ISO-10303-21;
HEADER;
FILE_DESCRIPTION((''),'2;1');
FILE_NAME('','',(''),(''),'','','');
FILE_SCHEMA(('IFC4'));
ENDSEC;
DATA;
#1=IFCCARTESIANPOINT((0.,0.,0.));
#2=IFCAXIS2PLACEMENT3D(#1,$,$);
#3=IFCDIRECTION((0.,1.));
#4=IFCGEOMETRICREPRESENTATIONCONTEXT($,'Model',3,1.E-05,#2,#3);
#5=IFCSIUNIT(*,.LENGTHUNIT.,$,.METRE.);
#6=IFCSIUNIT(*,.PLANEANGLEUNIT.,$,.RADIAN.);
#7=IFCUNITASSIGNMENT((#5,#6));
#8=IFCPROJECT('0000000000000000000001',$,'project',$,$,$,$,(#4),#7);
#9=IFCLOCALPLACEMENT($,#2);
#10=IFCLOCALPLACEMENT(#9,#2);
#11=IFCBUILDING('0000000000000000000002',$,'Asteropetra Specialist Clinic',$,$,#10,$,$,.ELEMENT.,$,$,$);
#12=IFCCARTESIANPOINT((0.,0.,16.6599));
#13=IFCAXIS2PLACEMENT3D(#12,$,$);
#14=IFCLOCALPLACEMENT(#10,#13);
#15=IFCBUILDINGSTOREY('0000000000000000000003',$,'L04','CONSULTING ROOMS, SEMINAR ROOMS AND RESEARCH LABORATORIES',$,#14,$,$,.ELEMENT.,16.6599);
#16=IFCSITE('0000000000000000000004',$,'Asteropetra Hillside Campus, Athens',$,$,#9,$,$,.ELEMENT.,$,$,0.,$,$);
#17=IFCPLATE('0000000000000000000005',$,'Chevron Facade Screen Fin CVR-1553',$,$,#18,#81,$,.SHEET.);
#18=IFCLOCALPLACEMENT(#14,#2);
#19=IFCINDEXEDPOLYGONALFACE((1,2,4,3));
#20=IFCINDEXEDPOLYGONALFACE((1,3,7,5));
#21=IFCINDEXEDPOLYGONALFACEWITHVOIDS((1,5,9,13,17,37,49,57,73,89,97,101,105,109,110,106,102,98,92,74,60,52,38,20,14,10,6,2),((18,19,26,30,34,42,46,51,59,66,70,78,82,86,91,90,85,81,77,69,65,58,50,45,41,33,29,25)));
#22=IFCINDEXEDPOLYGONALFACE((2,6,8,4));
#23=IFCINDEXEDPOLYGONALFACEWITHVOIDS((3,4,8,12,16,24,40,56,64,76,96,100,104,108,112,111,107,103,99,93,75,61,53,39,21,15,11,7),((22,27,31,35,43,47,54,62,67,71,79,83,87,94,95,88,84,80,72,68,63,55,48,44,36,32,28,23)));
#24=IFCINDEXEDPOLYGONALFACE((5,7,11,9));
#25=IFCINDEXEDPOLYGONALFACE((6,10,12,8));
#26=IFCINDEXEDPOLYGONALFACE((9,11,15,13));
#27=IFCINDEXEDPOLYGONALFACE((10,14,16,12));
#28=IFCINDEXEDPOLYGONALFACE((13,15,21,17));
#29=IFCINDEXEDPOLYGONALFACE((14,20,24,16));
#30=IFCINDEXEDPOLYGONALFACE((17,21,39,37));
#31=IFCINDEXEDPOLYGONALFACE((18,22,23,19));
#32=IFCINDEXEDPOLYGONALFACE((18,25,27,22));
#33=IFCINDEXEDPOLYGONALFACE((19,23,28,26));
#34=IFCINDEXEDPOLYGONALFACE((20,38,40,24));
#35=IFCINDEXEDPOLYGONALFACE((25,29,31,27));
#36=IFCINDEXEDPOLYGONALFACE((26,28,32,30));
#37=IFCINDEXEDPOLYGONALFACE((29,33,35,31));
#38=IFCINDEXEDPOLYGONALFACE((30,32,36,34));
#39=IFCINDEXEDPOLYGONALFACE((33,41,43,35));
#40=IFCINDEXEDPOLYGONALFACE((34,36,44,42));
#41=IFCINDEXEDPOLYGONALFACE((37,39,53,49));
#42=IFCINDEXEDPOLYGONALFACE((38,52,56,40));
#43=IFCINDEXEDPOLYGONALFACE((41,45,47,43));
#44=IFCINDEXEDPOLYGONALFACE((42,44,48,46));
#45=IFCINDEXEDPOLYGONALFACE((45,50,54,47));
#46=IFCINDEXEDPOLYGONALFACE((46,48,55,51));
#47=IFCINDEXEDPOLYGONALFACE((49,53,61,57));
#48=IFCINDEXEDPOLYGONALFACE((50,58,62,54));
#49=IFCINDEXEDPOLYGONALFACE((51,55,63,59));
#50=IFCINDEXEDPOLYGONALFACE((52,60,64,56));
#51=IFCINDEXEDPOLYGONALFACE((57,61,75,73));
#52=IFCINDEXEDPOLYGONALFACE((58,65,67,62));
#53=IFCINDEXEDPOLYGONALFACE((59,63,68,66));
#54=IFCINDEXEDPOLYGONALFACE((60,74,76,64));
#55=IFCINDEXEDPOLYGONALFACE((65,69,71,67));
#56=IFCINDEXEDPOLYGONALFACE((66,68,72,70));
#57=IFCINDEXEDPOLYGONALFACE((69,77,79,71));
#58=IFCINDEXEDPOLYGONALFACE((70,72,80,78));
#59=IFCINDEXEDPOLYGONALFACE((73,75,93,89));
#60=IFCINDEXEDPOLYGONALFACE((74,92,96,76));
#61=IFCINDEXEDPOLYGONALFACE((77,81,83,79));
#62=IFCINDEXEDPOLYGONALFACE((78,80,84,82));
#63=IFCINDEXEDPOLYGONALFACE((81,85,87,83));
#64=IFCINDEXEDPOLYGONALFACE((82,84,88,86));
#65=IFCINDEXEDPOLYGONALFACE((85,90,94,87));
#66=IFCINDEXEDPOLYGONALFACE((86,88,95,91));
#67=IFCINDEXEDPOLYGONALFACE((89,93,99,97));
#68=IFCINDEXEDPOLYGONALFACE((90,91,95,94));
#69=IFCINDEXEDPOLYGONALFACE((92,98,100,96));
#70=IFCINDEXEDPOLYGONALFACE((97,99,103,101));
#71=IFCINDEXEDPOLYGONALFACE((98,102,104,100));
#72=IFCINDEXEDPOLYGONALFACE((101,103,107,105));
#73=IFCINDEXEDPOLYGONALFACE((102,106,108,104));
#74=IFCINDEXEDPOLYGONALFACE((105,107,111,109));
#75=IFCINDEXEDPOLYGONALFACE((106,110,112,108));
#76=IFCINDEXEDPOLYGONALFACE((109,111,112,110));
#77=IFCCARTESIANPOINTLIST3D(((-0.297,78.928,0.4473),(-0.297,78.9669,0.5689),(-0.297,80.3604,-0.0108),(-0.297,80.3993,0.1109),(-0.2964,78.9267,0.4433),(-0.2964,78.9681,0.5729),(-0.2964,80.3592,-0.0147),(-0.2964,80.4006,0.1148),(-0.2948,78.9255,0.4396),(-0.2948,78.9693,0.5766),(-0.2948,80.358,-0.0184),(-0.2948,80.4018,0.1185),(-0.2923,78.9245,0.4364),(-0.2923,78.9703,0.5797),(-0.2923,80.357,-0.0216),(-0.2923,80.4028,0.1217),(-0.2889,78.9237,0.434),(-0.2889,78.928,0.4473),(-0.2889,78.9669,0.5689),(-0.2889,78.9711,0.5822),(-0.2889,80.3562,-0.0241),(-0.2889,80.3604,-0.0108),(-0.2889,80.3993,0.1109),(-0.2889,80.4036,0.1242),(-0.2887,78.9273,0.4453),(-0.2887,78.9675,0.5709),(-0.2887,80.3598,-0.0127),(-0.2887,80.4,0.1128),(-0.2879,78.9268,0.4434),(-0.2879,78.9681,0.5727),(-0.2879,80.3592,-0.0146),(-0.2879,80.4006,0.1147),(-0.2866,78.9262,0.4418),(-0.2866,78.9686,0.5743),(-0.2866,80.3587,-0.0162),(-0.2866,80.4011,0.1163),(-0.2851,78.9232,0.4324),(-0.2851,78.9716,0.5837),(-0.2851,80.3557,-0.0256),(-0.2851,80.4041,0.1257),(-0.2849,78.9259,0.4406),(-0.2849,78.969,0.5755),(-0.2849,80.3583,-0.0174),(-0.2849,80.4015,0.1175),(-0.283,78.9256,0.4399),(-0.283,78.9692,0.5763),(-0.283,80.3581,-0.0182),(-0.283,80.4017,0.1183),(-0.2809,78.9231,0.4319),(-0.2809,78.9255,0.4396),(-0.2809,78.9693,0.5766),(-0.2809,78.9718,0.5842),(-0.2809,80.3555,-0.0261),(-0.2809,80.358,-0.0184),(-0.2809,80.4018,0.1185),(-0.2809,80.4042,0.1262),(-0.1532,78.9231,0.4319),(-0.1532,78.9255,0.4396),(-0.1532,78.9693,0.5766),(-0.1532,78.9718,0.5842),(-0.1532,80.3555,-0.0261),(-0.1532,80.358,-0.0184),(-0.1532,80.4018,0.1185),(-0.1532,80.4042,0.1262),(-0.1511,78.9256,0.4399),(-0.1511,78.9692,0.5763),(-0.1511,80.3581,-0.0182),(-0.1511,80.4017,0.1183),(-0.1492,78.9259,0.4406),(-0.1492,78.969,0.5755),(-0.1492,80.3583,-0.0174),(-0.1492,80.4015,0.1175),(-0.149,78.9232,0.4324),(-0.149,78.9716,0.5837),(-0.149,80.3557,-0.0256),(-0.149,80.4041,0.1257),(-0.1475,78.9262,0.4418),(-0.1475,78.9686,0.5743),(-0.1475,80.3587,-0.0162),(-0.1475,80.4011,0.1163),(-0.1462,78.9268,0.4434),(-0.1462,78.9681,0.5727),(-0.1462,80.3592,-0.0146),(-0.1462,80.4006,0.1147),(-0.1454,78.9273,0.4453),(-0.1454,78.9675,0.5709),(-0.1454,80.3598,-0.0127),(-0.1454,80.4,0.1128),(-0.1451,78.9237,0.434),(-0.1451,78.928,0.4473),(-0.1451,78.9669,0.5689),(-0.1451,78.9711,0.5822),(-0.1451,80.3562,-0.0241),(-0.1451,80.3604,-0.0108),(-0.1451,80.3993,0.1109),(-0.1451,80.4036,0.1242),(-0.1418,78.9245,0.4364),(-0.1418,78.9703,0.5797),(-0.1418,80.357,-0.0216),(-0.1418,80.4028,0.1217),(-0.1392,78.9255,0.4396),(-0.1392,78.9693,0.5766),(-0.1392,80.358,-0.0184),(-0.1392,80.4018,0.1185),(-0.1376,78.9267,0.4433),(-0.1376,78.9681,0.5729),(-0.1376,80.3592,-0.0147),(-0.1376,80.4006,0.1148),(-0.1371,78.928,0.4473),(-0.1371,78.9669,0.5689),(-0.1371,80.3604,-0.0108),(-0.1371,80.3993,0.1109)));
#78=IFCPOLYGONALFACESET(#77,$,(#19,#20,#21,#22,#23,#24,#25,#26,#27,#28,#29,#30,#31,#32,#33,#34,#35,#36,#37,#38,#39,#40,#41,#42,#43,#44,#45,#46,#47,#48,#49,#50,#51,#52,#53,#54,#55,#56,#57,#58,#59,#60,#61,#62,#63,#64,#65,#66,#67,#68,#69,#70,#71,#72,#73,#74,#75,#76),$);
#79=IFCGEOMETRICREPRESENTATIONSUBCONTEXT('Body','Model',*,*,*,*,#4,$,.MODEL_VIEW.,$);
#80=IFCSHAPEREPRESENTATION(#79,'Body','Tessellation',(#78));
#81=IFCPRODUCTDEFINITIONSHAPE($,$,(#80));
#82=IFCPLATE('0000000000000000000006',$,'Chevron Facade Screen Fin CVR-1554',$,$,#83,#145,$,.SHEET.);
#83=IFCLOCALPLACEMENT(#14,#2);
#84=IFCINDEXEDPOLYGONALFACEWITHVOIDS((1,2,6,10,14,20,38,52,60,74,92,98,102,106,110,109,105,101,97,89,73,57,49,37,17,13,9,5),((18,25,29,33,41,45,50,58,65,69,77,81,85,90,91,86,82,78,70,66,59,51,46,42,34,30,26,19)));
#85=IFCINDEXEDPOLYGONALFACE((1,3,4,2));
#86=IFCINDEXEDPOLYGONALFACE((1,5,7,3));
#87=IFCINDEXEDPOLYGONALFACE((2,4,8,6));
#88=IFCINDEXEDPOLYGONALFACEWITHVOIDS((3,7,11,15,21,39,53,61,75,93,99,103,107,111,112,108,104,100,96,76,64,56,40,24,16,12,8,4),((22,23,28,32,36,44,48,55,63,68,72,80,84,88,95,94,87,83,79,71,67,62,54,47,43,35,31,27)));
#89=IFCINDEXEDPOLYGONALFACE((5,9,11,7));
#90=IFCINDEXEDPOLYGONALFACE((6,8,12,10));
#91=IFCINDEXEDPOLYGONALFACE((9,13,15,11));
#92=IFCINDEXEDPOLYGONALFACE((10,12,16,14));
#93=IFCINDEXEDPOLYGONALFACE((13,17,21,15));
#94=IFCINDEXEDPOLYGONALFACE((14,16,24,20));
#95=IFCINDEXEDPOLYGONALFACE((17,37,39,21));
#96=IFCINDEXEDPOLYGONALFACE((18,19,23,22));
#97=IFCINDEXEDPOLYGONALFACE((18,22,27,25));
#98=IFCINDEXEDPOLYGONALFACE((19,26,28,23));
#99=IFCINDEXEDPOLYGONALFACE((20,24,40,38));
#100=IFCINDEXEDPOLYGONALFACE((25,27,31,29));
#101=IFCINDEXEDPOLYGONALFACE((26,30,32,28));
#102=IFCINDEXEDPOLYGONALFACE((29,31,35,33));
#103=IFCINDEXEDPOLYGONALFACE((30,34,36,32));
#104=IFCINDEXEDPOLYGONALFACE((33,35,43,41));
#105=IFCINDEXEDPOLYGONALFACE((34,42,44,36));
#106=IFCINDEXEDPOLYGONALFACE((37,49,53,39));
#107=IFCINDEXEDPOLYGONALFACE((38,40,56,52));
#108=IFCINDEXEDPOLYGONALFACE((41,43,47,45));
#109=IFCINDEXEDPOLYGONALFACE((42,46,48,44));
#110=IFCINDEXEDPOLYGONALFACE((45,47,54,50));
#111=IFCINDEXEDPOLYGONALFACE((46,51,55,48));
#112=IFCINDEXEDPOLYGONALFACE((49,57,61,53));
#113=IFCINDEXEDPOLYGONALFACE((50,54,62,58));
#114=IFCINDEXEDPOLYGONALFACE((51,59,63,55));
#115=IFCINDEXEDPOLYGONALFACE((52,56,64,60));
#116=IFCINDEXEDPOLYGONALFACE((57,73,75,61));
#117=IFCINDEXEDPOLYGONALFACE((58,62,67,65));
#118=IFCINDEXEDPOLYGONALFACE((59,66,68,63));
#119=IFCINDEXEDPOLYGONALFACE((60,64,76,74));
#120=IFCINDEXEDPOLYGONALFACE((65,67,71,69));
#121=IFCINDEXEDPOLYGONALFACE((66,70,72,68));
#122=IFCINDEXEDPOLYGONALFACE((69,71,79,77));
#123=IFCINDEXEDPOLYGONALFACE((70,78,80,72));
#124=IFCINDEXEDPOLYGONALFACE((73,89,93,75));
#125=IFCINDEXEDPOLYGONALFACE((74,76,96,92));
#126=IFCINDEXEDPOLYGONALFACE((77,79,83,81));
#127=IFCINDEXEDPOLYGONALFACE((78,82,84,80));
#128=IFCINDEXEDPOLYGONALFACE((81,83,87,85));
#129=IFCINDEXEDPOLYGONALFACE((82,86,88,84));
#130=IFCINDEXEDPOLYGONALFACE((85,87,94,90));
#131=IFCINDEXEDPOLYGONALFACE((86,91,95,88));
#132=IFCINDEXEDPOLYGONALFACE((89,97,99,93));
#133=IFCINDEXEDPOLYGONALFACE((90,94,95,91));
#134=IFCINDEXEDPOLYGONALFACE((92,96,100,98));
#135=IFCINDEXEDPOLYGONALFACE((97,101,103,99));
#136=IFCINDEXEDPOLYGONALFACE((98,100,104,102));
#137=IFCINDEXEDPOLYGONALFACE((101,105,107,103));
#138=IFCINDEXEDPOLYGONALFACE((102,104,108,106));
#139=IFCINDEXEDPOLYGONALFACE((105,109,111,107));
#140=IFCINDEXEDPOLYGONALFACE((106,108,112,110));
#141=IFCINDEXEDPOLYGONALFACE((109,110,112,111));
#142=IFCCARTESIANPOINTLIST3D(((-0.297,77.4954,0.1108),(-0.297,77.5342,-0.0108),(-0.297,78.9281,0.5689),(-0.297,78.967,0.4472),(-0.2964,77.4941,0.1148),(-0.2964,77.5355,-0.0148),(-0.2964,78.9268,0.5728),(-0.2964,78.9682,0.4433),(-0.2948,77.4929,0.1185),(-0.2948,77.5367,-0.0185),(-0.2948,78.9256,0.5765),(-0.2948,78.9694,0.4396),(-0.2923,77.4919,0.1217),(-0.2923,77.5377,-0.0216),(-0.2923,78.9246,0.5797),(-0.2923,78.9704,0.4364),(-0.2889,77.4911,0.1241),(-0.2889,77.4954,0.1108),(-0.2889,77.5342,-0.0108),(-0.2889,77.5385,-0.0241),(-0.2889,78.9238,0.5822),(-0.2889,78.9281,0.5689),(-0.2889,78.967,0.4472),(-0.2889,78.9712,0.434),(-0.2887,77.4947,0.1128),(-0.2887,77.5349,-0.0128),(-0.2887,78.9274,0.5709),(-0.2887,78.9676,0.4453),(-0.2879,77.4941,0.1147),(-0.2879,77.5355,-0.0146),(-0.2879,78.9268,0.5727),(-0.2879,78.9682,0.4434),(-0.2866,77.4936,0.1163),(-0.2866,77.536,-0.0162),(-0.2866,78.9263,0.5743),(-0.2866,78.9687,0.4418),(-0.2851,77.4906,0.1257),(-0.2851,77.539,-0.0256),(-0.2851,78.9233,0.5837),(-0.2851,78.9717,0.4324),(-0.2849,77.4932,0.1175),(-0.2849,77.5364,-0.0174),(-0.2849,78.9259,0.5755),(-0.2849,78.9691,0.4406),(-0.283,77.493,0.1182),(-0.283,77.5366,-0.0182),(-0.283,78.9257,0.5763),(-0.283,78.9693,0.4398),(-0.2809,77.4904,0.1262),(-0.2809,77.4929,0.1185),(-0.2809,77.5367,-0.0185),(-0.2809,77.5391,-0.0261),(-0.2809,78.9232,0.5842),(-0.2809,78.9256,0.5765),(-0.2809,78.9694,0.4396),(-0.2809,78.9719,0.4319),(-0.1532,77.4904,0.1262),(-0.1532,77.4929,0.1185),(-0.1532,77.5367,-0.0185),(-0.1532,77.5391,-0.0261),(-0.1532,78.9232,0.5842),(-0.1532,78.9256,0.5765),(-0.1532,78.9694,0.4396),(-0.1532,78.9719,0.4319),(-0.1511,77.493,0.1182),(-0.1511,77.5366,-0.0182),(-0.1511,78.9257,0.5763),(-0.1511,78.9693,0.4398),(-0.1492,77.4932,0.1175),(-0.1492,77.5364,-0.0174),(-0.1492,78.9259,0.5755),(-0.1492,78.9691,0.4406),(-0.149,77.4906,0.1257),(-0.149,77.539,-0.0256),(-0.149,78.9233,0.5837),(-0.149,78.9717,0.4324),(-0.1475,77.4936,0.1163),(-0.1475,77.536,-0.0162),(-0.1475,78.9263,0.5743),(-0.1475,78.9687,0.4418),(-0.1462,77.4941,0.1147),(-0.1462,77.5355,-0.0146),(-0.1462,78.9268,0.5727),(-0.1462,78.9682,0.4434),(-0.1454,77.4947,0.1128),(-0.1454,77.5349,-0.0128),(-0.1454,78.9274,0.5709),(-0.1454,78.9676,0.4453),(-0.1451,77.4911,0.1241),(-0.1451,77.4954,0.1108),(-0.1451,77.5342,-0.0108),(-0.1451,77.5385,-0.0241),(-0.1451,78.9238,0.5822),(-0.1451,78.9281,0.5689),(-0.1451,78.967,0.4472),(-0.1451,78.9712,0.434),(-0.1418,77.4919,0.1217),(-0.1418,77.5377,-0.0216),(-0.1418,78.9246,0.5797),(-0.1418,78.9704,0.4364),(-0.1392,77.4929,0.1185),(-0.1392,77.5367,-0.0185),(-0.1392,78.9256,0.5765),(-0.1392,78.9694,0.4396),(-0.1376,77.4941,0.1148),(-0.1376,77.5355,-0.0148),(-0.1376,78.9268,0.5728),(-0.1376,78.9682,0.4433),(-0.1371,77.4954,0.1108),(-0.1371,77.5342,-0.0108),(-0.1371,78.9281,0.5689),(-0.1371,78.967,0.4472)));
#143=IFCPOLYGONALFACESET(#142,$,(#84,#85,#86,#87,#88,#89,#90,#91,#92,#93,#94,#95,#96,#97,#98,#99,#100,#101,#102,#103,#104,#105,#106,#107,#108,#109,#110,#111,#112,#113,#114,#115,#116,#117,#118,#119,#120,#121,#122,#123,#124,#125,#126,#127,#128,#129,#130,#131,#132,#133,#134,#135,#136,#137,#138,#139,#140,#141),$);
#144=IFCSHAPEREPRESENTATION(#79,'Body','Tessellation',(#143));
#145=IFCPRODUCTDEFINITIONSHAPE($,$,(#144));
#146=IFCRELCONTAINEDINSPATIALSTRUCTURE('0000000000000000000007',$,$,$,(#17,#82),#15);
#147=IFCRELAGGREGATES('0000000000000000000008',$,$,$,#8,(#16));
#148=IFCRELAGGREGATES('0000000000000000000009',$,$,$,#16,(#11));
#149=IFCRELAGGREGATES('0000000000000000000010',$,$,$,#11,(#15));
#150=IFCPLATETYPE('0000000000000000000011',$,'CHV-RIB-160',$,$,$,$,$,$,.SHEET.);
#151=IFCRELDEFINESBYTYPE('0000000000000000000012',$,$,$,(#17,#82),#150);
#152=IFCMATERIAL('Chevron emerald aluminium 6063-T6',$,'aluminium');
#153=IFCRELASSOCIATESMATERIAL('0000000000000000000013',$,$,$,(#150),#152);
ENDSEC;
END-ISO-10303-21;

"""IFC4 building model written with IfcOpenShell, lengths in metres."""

from ifc_helpers import new_model, si_unit, direction, frame, origin, origin_2d, place, context, subcontext, project, spatial, hollow_rectangle, extrude, material, material_profile, profile_set, type_object, element, save


model = new_model("IFC4")

# Units and contexts
model_context = context("Model", 3, precision=1e-05, world=origin(), true_north=direction((0.0, 1.0)))
body_context = subcontext(model_context, "Body", "Model", "MODEL_VIEW")
ifc_project = project(units=[si_unit("LENGTHUNIT", "METRE"), si_unit("PLANEANGLEUNIT", "RADIAN")], contexts=[model_context])

# Site, building, storey
site_placement = place(None, origin())
site = spatial("IfcSite", under=ifc_project, at=site_placement, Name="Asteropetra Hillside Campus, Athens", CompositionType="ELEMENT", RefElevation=0.0)
building_placement = place(site_placement, origin())
building = spatial("IfcBuilding", under=site, at=building_placement, Name="Asteropetra Specialist Clinic", CompositionType="ELEMENT")
storey_placement = place(building_placement, frame((0.0, 0.0, 16.6599)))
storey = spatial("IfcBuildingStorey", under=building, at=storey_placement, Name="L04", Description="CONSULTING ROOMS, SEMINAR ROOMS AND RESEARCH LABORATORIES", CompositionType="ELEMENT", Elevation=16.6599)

# Plates
ifc_material_1 = material(Name="Chevron emerald aluminium 6063-T6", Category="aluminium")
ifc_material_profile_1 = material_profile(ifc_material_1, hollow_rectangle(XDim=0.1599, YDim=0.1599, WallThickness=0.0081, InnerFilletRadius=0.0081, OuterFilletRadius=0.0161, at=origin_2d()), Name="SHS 160x160x8.0")
ifc_profile_set_1 = profile_set([ifc_material_profile_1], Name="Chevron emerald aluminium 6063-T6")
plate_type_1 = type_object("IfcPlateType", Name="CHV-RIB-160", PredefinedType="SHEET", material=ifc_profile_set_1)
plate_1_placement = place(storey_placement, frame((-0.217, 80.3799, 0.05), z_axis=(0.0, -0.952492, 0.304564), x_axis=(1.0, 0.0, 0.0)))
element("IfcPlate", 1, at=plate_1_placement, inside=storey, type_object=plate_type_1, Name="Chevron Facade Screen Fin CVR-1553", PredefinedType="SHEET", context=body_context, shape_type="SweptSolid", body=[
    extrude(hollow_rectangle(XDim=0.1599, YDim=0.1599, WallThickness=0.0081, InnerFilletRadius=0.0081, OuterFilletRadius=0.0161, at=origin_2d()), origin(), (0.0, 0.0, 1.0), 1.5039),
])
plate_2_placement = place(storey_placement, frame((-0.217, 78.9475, 0.5081), z_axis=(0.0, -0.952507, -0.304517), x_axis=(1.0, 0.0, 0.0)))
element("IfcPlate", 2, at=plate_2_placement, inside=storey, type_object=plate_type_1, Name="Chevron Facade Screen Fin CVR-1554", PredefinedType="SHEET", context=body_context, shape_type="SweptSolid", body=[
    extrude(hollow_rectangle(XDim=0.1599, YDim=0.1599, WallThickness=0.0081, InnerFilletRadius=0.0081, OuterFilletRadius=0.0161, at=origin_2d()), origin(), (0.0, 0.0, 1.0), 1.5042),
])

save(model, "model.ifc")
